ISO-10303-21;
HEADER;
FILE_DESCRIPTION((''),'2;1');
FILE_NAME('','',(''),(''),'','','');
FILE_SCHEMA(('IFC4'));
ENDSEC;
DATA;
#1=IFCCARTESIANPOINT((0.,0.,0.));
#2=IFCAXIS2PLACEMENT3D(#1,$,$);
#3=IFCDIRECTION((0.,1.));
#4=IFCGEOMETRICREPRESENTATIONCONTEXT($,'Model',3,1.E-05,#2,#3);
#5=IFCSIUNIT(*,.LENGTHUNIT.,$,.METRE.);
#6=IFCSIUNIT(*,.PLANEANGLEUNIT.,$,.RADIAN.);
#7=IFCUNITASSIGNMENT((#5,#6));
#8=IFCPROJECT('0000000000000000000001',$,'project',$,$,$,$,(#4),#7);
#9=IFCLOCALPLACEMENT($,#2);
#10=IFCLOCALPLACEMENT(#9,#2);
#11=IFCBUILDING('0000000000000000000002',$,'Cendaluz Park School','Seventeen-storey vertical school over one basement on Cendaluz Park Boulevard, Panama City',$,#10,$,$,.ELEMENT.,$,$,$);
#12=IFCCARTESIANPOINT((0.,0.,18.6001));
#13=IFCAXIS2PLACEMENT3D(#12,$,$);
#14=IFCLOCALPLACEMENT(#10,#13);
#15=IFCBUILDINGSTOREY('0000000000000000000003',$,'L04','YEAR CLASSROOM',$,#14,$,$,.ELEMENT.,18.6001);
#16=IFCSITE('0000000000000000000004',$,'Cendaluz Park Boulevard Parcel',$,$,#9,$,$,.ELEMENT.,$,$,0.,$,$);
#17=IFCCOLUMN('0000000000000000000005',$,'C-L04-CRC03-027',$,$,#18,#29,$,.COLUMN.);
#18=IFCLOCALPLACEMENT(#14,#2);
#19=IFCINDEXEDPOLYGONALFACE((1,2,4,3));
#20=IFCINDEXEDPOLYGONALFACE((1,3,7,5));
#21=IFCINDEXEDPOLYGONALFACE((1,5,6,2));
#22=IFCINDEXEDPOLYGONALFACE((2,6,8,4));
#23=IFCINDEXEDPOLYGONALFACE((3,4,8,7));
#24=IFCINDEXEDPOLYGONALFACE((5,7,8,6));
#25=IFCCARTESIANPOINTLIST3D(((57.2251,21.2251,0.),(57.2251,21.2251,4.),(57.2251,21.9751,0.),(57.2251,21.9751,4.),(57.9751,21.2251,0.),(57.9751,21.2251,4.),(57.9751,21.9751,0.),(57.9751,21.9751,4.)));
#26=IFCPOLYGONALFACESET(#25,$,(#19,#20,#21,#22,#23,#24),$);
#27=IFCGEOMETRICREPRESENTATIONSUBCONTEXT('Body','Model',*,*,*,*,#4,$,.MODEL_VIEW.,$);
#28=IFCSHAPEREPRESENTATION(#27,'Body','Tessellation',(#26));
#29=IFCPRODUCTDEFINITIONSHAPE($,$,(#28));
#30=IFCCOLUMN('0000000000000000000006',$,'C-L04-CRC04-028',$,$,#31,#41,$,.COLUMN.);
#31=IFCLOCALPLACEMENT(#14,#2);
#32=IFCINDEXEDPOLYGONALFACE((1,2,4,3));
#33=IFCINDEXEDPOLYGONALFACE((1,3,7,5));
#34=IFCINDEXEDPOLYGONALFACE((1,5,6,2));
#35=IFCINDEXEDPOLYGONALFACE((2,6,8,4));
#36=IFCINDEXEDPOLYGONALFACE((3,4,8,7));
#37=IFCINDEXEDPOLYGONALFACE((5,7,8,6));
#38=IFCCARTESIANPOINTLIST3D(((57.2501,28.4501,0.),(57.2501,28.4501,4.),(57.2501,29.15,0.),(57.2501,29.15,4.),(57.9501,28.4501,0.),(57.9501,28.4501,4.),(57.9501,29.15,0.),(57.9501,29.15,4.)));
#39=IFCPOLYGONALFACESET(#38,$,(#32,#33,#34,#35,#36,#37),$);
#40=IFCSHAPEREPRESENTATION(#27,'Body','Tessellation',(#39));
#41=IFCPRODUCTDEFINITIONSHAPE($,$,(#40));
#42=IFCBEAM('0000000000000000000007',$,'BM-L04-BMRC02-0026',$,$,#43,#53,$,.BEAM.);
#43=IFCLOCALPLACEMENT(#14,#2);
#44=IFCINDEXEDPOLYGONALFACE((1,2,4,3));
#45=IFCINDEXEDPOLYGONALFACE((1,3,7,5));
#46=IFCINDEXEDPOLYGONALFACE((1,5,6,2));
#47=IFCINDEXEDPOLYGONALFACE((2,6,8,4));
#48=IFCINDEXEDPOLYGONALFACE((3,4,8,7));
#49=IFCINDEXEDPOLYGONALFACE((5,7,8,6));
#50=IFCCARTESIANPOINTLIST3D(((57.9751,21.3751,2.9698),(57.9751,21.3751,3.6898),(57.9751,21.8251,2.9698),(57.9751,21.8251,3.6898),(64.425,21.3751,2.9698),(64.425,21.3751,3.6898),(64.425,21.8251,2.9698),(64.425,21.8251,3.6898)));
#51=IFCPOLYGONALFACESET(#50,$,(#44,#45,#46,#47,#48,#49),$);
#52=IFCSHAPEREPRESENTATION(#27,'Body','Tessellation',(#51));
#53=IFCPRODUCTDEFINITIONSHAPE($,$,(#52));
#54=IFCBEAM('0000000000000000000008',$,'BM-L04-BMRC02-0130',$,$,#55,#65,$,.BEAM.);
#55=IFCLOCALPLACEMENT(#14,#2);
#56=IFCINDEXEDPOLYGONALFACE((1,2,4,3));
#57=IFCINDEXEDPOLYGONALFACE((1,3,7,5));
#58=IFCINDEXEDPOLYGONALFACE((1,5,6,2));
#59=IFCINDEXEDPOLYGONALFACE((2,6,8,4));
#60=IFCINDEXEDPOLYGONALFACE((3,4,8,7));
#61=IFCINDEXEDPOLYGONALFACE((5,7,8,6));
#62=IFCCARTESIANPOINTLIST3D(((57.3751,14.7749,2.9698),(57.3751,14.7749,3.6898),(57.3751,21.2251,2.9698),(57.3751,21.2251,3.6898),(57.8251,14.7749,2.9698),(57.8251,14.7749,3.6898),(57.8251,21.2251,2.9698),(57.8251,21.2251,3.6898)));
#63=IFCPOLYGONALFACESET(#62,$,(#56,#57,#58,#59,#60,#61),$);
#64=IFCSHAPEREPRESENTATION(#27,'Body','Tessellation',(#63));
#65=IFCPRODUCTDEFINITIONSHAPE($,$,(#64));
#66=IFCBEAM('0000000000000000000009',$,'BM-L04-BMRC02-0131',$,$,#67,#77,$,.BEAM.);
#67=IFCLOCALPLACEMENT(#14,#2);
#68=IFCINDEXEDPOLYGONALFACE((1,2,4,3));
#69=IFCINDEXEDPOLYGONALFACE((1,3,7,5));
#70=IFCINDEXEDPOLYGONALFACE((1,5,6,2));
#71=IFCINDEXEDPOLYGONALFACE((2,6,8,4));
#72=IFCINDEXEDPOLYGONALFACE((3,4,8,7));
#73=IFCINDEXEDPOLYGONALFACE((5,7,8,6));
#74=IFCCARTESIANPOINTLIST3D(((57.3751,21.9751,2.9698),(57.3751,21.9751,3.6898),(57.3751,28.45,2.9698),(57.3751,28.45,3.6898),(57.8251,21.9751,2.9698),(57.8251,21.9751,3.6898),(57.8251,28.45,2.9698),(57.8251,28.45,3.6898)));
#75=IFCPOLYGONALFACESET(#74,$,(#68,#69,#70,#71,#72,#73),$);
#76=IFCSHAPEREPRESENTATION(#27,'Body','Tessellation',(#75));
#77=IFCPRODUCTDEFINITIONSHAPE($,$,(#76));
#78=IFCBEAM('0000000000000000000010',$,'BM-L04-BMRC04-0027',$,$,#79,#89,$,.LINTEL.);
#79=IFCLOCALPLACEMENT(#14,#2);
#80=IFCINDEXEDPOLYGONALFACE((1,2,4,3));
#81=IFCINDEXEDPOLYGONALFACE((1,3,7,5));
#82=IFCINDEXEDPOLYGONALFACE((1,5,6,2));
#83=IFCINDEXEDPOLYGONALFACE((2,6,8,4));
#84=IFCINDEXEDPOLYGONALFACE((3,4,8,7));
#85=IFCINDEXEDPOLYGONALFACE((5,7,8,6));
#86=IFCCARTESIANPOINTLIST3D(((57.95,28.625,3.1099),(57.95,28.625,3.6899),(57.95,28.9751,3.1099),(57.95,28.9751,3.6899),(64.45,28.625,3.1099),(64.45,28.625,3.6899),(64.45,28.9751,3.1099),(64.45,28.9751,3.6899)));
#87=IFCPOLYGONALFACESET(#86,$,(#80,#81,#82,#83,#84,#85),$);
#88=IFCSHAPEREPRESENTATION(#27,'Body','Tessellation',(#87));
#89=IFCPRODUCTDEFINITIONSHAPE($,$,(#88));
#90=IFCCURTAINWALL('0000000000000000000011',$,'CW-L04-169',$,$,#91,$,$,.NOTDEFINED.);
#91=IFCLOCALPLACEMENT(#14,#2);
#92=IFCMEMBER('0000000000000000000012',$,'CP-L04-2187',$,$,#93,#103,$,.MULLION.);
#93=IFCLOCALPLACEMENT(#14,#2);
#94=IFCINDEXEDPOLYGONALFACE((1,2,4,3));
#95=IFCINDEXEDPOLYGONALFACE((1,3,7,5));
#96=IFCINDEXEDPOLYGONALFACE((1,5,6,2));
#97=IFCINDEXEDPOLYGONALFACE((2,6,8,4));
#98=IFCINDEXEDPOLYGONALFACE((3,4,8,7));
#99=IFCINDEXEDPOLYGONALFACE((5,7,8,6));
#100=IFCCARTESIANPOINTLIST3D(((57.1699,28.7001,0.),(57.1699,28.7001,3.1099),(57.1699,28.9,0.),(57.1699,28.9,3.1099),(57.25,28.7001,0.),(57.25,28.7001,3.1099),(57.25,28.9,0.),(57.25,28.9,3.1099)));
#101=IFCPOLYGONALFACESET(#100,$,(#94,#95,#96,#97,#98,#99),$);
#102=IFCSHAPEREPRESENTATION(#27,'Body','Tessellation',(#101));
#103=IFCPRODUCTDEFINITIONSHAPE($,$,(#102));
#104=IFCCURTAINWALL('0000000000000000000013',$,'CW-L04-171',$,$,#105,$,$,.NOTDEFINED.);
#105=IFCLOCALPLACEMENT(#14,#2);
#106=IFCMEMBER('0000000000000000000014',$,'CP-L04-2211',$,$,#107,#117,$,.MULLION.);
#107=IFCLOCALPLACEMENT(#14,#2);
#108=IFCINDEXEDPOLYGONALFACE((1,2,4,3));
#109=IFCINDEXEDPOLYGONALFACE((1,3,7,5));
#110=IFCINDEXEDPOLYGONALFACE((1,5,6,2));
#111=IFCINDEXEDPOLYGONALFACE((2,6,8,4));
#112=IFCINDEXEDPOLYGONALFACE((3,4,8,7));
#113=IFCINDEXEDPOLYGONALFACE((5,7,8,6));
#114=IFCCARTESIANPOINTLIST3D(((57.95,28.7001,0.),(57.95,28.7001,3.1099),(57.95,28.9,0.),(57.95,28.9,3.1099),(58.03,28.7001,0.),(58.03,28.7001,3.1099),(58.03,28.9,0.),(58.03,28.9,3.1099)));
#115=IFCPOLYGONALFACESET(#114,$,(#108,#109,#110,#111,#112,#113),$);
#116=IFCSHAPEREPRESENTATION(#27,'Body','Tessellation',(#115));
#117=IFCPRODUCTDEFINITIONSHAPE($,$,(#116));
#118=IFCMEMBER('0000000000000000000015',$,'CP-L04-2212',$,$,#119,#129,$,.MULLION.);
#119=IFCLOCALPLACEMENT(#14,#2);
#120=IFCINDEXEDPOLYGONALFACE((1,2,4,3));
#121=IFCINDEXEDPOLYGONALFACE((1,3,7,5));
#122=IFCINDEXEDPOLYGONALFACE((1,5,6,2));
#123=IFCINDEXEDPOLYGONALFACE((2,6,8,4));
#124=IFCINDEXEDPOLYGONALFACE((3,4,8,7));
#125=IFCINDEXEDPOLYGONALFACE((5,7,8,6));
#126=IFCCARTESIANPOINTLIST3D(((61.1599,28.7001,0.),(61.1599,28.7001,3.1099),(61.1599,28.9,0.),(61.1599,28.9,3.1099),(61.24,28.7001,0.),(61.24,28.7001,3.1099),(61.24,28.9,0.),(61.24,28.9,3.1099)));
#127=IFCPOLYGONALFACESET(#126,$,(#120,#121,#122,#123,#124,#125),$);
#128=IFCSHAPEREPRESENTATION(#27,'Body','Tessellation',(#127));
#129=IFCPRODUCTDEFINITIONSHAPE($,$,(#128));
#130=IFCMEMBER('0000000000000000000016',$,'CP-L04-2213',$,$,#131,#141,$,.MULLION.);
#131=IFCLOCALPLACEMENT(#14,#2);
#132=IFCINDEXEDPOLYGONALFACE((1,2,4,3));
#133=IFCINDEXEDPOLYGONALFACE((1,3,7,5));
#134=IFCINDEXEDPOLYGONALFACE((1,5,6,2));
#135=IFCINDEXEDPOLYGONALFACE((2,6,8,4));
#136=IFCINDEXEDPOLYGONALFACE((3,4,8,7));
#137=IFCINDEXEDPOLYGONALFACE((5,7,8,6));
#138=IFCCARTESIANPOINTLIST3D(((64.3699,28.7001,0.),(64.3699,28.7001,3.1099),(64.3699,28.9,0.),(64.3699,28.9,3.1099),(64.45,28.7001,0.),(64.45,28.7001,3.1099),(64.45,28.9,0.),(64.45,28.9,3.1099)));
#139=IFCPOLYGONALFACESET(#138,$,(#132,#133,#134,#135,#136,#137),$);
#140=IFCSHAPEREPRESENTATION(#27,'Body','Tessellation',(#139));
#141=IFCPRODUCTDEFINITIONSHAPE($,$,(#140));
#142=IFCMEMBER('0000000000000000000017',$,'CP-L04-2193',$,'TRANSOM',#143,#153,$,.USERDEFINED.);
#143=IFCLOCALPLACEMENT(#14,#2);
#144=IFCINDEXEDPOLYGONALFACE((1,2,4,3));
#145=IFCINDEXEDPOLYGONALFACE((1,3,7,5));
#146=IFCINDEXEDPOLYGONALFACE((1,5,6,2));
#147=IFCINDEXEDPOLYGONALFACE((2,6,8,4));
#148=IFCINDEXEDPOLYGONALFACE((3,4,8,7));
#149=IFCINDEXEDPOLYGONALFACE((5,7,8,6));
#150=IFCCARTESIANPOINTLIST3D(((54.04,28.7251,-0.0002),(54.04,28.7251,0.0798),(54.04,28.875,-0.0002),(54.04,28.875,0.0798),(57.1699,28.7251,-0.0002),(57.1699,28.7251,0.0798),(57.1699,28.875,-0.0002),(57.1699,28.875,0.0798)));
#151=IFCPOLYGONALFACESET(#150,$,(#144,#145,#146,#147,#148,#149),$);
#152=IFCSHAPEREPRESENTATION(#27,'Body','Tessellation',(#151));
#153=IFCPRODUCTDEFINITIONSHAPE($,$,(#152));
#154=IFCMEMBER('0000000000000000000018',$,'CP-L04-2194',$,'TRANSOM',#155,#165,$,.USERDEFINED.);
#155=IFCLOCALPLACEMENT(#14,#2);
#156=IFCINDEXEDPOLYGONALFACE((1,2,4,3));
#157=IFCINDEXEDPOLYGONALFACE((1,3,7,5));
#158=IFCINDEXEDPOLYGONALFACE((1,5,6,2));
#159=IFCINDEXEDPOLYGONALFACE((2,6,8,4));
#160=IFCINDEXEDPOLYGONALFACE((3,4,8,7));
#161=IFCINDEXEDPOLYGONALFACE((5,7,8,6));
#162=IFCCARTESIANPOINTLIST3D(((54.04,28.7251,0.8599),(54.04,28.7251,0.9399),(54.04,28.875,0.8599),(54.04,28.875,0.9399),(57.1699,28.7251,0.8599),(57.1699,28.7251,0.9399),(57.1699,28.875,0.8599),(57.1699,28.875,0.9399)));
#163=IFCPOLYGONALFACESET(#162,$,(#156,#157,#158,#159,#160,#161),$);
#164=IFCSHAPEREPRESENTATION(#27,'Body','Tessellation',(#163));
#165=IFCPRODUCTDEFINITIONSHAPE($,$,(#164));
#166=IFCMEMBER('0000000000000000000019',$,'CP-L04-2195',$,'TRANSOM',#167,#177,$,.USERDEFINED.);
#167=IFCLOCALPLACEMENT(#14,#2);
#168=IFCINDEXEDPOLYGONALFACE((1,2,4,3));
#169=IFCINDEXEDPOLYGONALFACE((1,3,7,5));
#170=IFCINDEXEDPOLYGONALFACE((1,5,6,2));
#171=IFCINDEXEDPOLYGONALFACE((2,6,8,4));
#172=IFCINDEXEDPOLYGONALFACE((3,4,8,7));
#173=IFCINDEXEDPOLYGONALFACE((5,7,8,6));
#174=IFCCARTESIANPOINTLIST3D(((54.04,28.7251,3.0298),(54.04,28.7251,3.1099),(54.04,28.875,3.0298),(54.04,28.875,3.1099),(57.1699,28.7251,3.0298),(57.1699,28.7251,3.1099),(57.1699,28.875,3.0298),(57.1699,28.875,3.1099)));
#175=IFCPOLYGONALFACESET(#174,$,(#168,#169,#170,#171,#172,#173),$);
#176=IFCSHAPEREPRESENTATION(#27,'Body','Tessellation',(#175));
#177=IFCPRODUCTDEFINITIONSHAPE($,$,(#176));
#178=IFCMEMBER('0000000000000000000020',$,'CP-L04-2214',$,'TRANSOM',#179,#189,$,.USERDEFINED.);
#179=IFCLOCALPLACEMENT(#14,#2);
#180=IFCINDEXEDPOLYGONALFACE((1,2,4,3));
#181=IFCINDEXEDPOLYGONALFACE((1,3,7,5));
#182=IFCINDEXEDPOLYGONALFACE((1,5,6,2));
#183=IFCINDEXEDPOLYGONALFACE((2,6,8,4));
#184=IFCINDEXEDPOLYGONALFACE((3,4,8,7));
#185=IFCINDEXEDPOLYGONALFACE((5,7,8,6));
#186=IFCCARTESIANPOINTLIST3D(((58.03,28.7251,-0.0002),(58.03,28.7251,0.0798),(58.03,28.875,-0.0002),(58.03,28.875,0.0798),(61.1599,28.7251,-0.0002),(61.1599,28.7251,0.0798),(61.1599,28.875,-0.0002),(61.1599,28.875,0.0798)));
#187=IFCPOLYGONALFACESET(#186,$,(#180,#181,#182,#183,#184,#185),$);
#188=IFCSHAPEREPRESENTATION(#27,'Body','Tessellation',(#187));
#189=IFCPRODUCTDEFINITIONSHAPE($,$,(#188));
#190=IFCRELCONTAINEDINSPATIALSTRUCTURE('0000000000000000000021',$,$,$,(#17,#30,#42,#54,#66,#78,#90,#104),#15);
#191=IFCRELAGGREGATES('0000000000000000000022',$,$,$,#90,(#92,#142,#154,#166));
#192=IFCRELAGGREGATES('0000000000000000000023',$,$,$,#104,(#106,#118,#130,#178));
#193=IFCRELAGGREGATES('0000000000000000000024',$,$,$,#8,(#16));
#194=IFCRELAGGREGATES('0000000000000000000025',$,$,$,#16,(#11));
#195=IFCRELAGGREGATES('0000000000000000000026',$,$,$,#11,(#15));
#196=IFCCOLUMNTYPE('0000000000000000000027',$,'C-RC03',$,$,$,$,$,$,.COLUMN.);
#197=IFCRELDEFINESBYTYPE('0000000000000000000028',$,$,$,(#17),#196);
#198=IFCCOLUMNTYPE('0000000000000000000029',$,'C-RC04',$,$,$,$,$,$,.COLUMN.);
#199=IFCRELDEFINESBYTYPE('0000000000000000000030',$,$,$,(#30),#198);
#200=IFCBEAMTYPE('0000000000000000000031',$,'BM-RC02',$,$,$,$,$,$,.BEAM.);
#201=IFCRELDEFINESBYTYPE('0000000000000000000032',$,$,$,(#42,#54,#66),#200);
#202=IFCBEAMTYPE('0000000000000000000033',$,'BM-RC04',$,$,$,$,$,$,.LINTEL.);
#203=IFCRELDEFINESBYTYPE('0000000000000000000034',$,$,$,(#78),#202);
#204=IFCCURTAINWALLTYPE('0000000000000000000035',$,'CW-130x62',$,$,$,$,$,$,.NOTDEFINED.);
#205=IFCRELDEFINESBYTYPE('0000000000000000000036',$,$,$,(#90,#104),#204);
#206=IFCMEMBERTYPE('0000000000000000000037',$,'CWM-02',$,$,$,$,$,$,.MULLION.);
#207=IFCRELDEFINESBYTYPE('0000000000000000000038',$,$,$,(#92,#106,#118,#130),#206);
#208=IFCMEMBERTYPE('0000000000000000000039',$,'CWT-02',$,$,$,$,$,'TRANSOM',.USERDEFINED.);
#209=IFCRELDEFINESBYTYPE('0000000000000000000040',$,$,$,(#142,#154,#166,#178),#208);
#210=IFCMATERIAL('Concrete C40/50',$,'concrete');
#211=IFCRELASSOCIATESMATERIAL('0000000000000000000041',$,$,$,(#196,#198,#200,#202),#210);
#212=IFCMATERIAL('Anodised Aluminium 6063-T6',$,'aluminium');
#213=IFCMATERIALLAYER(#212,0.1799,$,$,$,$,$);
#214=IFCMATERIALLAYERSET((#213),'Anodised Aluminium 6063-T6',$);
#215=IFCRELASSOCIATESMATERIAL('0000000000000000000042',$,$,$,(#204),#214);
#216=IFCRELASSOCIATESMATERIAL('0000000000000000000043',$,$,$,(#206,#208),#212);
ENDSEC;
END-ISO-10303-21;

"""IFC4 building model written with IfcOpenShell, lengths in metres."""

from ifc_helpers import new_model, si_unit, direction, frame, origin, origin_2d, place, context, subcontext, project, spatial, rectangle, extrude, material, layer, layer_set, material_profile, profile_set, type_object, element, aggregate, save


model = new_model("IFC4")

# Units and contexts
model_context = context("Model", 3, precision=1e-05, world=origin(), true_north=direction((0.0, 1.0)))
body_context = subcontext(model_context, "Body", "Model", "MODEL_VIEW")
ifc_project = project(units=[si_unit("LENGTHUNIT", "METRE"), si_unit("PLANEANGLEUNIT", "RADIAN")], contexts=[model_context])

# Site, building, storey
site_placement = place(None, origin())
site = spatial("IfcSite", under=ifc_project, at=site_placement, Name="Cendaluz Park Boulevard Parcel", CompositionType="ELEMENT", RefElevation=0.0)
building_placement = place(site_placement, origin())
building = spatial("IfcBuilding", under=site, at=building_placement, Name="Cendaluz Park School", Description="Seventeen-storey vertical school over one basement on Cendaluz Park Boulevard, Panama City", CompositionType="ELEMENT")
storey_placement = place(building_placement, frame((0.0, 0.0, 18.6001)))
storey = spatial("IfcBuildingStorey", under=building, at=storey_placement, Name="L04", Description="YEAR CLASSROOM", CompositionType="ELEMENT", Elevation=18.6001)

# Columns
ifc_material_1 = material(Name="Concrete C40/50", Category="concrete")
ifc_material_profile_1 = material_profile(ifc_material_1, rectangle(XDim=0.75, YDim=0.75, at=origin_2d()), Name="RC 750x750", Category="concrete")
ifc_profile_set_1 = profile_set([ifc_material_profile_1], Name="Concrete C40/50")
column_type_1 = type_object("IfcColumnType", Name="C-RC03", PredefinedType="COLUMN", material=ifc_profile_set_1)
column_1_placement = place(storey_placement, frame((57.6001, 21.6001, 0.0), z_axis=(0.0, 0.0, 1.0), x_axis=(1.0, 0.0, 0.0)))
element("IfcColumn", 1, at=column_1_placement, inside=storey, type_object=column_type_1, Name="C-L04-CRC03-027", PredefinedType="COLUMN", context=body_context, shape_type="SweptSolid", body=[
    extrude(rectangle(XDim=0.75, YDim=0.75, at=origin_2d()), origin(), (0.0, 0.0, 1.0), 4.0),
])
ifc_material_profile_2 = material_profile(ifc_material_1, rectangle(XDim=0.7, YDim=0.7, at=origin_2d()), Name="RC 700x700", Category="concrete")
ifc_profile_set_2 = profile_set([ifc_material_profile_2], Name="Concrete C40/50")
column_type_2 = type_object("IfcColumnType", Name="C-RC04", PredefinedType="COLUMN", material=ifc_profile_set_2)
column_2_placement = place(storey_placement, frame((57.6001, 28.8, 0.0), z_axis=(0.0, 0.0, 1.0), x_axis=(1.0, 0.0, 0.0)))
element("IfcColumn", 2, at=column_2_placement, inside=storey, type_object=column_type_2, Name="C-L04-CRC04-028", PredefinedType="COLUMN", context=body_context, shape_type="SweptSolid", body=[
    extrude(rectangle(XDim=0.7, YDim=0.7, at=origin_2d()), origin(), (0.0, 0.0, 1.0), 4.0),
])

# Beams
ifc_material_profile_3 = material_profile(ifc_material_1, rectangle(XDim=0.45, YDim=0.72, at=origin_2d()), Name="RC 450x720", Category="concrete")
ifc_profile_set_3 = profile_set([ifc_material_profile_3], Name="Concrete C40/50")
beam_type_1 = type_object("IfcBeamType", Name="BM-RC02", PredefinedType="BEAM", material=ifc_profile_set_3)
beam_1_placement = place(storey_placement, frame((57.9751, 21.6001, 3.3298), z_axis=(1.0, 0.0, 0.0), x_axis=(0.0, 1.0, 0.0)))
element("IfcBeam", 3, at=beam_1_placement, inside=storey, type_object=beam_type_1, Name="BM-L04-BMRC02-0026", PredefinedType="BEAM", context=body_context, shape_type="SweptSolid", body=[
    extrude(rectangle(XDim=0.45, YDim=0.72, at=origin_2d()), origin(), (0.0, 0.0, 1.0), 6.45),
])
beam_2_placement = place(storey_placement, frame((57.6001, 14.7749, 3.3298), z_axis=(0.0, 1.0, 0.0), x_axis=(-1.0, 0.0, 0.0)))
element("IfcBeam", 4, at=beam_2_placement, inside=storey, type_object=beam_type_1, Name="BM-L04-BMRC02-0130", PredefinedType="BEAM", context=body_context, shape_type="SweptSolid", body=[
    extrude(rectangle(XDim=0.45, YDim=0.72, at=origin_2d()), origin(), (0.0, 0.0, 1.0), 6.4502),
])
beam_3_placement = place(storey_placement, frame((57.6001, 21.9751, 3.3298), z_axis=(0.0, 1.0, 0.0), x_axis=(-1.0, 0.0, 0.0)))
element("IfcBeam", 5, at=beam_3_placement, inside=storey, type_object=beam_type_1, Name="BM-L04-BMRC02-0131", PredefinedType="BEAM", context=body_context, shape_type="SweptSolid", body=[
    extrude(rectangle(XDim=0.45, YDim=0.72, at=origin_2d()), origin(), (0.0, 0.0, 1.0), 6.4749),
])
ifc_material_profile_4 = material_profile(ifc_material_1, rectangle(XDim=0.3501, YDim=0.5801, at=origin_2d()), Name="RC 350x580", Category="concrete")
ifc_profile_set_4 = profile_set([ifc_material_profile_4], Name="Concrete C40/50")
beam_type_2 = type_object("IfcBeamType", Name="BM-RC04", PredefinedType="LINTEL", material=ifc_profile_set_4)
beam_4_placement = place(storey_placement, frame((57.95, 28.8, 3.3999), z_axis=(1.0, 0.0, 0.0), x_axis=(0.0, 1.0, 0.0)))
element("IfcBeam", 6, at=beam_4_placement, inside=storey, type_object=beam_type_2, Name="BM-L04-BMRC04-0027", PredefinedType="LINTEL", context=body_context, shape_type="SweptSolid", body=[
    extrude(rectangle(XDim=0.3501, YDim=0.5801, at=origin_2d()), origin(), (0.0, 0.0, 1.0), 6.5),
])

# Curtain wall, member
ifc_material_2 = material(Name="Anodised Aluminium 6063-T6", Category="aluminium")
ifc_layer_1 = layer(ifc_material_2, 0.1799)
ifc_layer_set_1 = layer_set([ifc_layer_1], Name="Anodised Aluminium 6063-T6")
curtain_wall_type = type_object("IfcCurtainWallType", Name="CW-130x62", PredefinedType="NOTDEFINED", material=ifc_layer_set_1)
curtain_wall_1_placement = place(storey_placement, origin())
curtain_wall_1 = element("IfcCurtainWall", 7, at=curtain_wall_1_placement, inside=storey, type_object=curtain_wall_type, Name="CW-L04-169", PredefinedType="NOTDEFINED")
ifc_material_profile_5 = material_profile(ifc_material_2, rectangle(XDim=0.2, YDim=0.0801, at=origin_2d()), Name="CWM 200x80", Category="aluminium")
ifc_profile_set_5 = profile_set([ifc_material_profile_5], Name="Anodised Aluminium 6063-T6")
member_type_1 = type_object("IfcMemberType", Name="CWM-02", PredefinedType="MULLION", material=ifc_profile_set_5)
member_1_placement = place(storey_placement, frame((57.21, 28.8, 0.0), z_axis=(0.0, 0.0, 1.0), x_axis=(0.0, 1.0, 0.0)))
member_1 = element("IfcMember", 8, at=member_1_placement, type_object=member_type_1, Name="CP-L04-2187", PredefinedType="MULLION", context=body_context, shape_type="SweptSolid", body=[
    extrude(rectangle(XDim=0.2, YDim=0.0801, at=origin_2d()), origin(), (0.0, 0.0, 1.0), 3.1099),
])

# Curtain wall, members
curtain_wall_2_placement = place(storey_placement, origin())
curtain_wall_2 = element("IfcCurtainWall", 9, at=curtain_wall_2_placement, inside=storey, type_object=curtain_wall_type, Name="CW-L04-171", PredefinedType="NOTDEFINED")
member_2_placement = place(storey_placement, frame((57.99, 28.8, 0.0), z_axis=(0.0, 0.0, 1.0), x_axis=(0.0, 1.0, 0.0)))
member_2 = element("IfcMember", 10, at=member_2_placement, type_object=member_type_1, Name="CP-L04-2211", PredefinedType="MULLION", context=body_context, shape_type="SweptSolid", body=[
    extrude(rectangle(XDim=0.2, YDim=0.0801, at=origin_2d()), origin(), (0.0, 0.0, 1.0), 3.1099),
])
member_3_placement = place(storey_placement, frame((61.2, 28.8, 0.0), z_axis=(0.0, 0.0, 1.0), x_axis=(0.0, 1.0, 0.0)))
member_3 = element("IfcMember", 11, at=member_3_placement, type_object=member_type_1, Name="CP-L04-2212", PredefinedType="MULLION", context=body_context, shape_type="SweptSolid", body=[
    extrude(rectangle(XDim=0.2, YDim=0.0801, at=origin_2d()), origin(), (0.0, 0.0, 1.0), 3.1099),
])
member_4_placement = place(storey_placement, frame((64.4099, 28.8, 0.0), z_axis=(0.0, 0.0, 1.0), x_axis=(0.0, 1.0, 0.0)))
member_4 = element("IfcMember", 12, at=member_4_placement, type_object=member_type_1, Name="CP-L04-2213", PredefinedType="MULLION", context=body_context, shape_type="SweptSolid", body=[
    extrude(rectangle(XDim=0.2, YDim=0.0801, at=origin_2d()), origin(), (0.0, 0.0, 1.0), 3.1099),
])

# Members
ifc_material_profile_6 = material_profile(ifc_material_2, rectangle(XDim=0.1499, YDim=0.0801, at=origin_2d()), Name="CWT 150x80", Category="aluminium")
ifc_profile_set_6 = profile_set([ifc_material_profile_6], Name="Anodised Aluminium 6063-T6")
member_type_2 = type_object("IfcMemberType", Name="CWT-02", ElementType="TRANSOM", PredefinedType="USERDEFINED", material=ifc_profile_set_6)
member_5_placement = place(storey_placement, frame((54.04, 28.8, 0.0398), z_axis=(1.0, 0.0, 0.0), x_axis=(0.0, 1.0, 0.0)))
member_5 = element("IfcMember", 13, at=member_5_placement, type_object=member_type_2, Name="CP-L04-2193", ObjectType="TRANSOM", PredefinedType="USERDEFINED", context=body_context, shape_type="SweptSolid", body=[
    extrude(rectangle(XDim=0.1499, YDim=0.0801, at=origin_2d()), origin(), (0.0, 0.0, 1.0), 3.1299),
])
member_6_placement = place(storey_placement, frame((54.04, 28.8, 0.8999), z_axis=(1.0, 0.0, 0.0), x_axis=(0.0, 1.0, 0.0)))
member_6 = element("IfcMember", 14, at=member_6_placement, type_object=member_type_2, Name="CP-L04-2194", ObjectType="TRANSOM", PredefinedType="USERDEFINED", context=body_context, shape_type="SweptSolid", body=[
    extrude(rectangle(XDim=0.1499, YDim=0.0801, at=origin_2d()), origin(), (0.0, 0.0, 1.0), 3.1299),
])
member_7_placement = place(storey_placement, frame((54.04, 28.8, 3.0698), z_axis=(1.0, 0.0, 0.0), x_axis=(0.0, 1.0, 0.0)))
member_7 = element("IfcMember", 15, at=member_7_placement, type_object=member_type_2, Name="CP-L04-2195", ObjectType="TRANSOM", PredefinedType="USERDEFINED", context=body_context, shape_type="SweptSolid", body=[
    extrude(rectangle(XDim=0.1499, YDim=0.0801, at=origin_2d()), origin(), (0.0, 0.0, 1.0), 3.1299),
])
member_8_placement = place(storey_placement, frame((58.03, 28.8, 0.0398), z_axis=(1.0, 0.0, 0.0), x_axis=(0.0, 1.0, 0.0)))
member_8 = element("IfcMember", 16, at=member_8_placement, type_object=member_type_2, Name="CP-L04-2214", ObjectType="TRANSOM", PredefinedType="USERDEFINED", context=body_context, shape_type="SweptSolid", body=[
    extrude(rectangle(XDim=0.1499, YDim=0.0801, at=origin_2d()), origin(), (0.0, 0.0, 1.0), 3.1299),
])

aggregate(curtain_wall_1, [member_1, member_5, member_6, member_7])
aggregate(curtain_wall_2, [member_2, member_3, member_4, member_8])

save(model, "model.ifc")
